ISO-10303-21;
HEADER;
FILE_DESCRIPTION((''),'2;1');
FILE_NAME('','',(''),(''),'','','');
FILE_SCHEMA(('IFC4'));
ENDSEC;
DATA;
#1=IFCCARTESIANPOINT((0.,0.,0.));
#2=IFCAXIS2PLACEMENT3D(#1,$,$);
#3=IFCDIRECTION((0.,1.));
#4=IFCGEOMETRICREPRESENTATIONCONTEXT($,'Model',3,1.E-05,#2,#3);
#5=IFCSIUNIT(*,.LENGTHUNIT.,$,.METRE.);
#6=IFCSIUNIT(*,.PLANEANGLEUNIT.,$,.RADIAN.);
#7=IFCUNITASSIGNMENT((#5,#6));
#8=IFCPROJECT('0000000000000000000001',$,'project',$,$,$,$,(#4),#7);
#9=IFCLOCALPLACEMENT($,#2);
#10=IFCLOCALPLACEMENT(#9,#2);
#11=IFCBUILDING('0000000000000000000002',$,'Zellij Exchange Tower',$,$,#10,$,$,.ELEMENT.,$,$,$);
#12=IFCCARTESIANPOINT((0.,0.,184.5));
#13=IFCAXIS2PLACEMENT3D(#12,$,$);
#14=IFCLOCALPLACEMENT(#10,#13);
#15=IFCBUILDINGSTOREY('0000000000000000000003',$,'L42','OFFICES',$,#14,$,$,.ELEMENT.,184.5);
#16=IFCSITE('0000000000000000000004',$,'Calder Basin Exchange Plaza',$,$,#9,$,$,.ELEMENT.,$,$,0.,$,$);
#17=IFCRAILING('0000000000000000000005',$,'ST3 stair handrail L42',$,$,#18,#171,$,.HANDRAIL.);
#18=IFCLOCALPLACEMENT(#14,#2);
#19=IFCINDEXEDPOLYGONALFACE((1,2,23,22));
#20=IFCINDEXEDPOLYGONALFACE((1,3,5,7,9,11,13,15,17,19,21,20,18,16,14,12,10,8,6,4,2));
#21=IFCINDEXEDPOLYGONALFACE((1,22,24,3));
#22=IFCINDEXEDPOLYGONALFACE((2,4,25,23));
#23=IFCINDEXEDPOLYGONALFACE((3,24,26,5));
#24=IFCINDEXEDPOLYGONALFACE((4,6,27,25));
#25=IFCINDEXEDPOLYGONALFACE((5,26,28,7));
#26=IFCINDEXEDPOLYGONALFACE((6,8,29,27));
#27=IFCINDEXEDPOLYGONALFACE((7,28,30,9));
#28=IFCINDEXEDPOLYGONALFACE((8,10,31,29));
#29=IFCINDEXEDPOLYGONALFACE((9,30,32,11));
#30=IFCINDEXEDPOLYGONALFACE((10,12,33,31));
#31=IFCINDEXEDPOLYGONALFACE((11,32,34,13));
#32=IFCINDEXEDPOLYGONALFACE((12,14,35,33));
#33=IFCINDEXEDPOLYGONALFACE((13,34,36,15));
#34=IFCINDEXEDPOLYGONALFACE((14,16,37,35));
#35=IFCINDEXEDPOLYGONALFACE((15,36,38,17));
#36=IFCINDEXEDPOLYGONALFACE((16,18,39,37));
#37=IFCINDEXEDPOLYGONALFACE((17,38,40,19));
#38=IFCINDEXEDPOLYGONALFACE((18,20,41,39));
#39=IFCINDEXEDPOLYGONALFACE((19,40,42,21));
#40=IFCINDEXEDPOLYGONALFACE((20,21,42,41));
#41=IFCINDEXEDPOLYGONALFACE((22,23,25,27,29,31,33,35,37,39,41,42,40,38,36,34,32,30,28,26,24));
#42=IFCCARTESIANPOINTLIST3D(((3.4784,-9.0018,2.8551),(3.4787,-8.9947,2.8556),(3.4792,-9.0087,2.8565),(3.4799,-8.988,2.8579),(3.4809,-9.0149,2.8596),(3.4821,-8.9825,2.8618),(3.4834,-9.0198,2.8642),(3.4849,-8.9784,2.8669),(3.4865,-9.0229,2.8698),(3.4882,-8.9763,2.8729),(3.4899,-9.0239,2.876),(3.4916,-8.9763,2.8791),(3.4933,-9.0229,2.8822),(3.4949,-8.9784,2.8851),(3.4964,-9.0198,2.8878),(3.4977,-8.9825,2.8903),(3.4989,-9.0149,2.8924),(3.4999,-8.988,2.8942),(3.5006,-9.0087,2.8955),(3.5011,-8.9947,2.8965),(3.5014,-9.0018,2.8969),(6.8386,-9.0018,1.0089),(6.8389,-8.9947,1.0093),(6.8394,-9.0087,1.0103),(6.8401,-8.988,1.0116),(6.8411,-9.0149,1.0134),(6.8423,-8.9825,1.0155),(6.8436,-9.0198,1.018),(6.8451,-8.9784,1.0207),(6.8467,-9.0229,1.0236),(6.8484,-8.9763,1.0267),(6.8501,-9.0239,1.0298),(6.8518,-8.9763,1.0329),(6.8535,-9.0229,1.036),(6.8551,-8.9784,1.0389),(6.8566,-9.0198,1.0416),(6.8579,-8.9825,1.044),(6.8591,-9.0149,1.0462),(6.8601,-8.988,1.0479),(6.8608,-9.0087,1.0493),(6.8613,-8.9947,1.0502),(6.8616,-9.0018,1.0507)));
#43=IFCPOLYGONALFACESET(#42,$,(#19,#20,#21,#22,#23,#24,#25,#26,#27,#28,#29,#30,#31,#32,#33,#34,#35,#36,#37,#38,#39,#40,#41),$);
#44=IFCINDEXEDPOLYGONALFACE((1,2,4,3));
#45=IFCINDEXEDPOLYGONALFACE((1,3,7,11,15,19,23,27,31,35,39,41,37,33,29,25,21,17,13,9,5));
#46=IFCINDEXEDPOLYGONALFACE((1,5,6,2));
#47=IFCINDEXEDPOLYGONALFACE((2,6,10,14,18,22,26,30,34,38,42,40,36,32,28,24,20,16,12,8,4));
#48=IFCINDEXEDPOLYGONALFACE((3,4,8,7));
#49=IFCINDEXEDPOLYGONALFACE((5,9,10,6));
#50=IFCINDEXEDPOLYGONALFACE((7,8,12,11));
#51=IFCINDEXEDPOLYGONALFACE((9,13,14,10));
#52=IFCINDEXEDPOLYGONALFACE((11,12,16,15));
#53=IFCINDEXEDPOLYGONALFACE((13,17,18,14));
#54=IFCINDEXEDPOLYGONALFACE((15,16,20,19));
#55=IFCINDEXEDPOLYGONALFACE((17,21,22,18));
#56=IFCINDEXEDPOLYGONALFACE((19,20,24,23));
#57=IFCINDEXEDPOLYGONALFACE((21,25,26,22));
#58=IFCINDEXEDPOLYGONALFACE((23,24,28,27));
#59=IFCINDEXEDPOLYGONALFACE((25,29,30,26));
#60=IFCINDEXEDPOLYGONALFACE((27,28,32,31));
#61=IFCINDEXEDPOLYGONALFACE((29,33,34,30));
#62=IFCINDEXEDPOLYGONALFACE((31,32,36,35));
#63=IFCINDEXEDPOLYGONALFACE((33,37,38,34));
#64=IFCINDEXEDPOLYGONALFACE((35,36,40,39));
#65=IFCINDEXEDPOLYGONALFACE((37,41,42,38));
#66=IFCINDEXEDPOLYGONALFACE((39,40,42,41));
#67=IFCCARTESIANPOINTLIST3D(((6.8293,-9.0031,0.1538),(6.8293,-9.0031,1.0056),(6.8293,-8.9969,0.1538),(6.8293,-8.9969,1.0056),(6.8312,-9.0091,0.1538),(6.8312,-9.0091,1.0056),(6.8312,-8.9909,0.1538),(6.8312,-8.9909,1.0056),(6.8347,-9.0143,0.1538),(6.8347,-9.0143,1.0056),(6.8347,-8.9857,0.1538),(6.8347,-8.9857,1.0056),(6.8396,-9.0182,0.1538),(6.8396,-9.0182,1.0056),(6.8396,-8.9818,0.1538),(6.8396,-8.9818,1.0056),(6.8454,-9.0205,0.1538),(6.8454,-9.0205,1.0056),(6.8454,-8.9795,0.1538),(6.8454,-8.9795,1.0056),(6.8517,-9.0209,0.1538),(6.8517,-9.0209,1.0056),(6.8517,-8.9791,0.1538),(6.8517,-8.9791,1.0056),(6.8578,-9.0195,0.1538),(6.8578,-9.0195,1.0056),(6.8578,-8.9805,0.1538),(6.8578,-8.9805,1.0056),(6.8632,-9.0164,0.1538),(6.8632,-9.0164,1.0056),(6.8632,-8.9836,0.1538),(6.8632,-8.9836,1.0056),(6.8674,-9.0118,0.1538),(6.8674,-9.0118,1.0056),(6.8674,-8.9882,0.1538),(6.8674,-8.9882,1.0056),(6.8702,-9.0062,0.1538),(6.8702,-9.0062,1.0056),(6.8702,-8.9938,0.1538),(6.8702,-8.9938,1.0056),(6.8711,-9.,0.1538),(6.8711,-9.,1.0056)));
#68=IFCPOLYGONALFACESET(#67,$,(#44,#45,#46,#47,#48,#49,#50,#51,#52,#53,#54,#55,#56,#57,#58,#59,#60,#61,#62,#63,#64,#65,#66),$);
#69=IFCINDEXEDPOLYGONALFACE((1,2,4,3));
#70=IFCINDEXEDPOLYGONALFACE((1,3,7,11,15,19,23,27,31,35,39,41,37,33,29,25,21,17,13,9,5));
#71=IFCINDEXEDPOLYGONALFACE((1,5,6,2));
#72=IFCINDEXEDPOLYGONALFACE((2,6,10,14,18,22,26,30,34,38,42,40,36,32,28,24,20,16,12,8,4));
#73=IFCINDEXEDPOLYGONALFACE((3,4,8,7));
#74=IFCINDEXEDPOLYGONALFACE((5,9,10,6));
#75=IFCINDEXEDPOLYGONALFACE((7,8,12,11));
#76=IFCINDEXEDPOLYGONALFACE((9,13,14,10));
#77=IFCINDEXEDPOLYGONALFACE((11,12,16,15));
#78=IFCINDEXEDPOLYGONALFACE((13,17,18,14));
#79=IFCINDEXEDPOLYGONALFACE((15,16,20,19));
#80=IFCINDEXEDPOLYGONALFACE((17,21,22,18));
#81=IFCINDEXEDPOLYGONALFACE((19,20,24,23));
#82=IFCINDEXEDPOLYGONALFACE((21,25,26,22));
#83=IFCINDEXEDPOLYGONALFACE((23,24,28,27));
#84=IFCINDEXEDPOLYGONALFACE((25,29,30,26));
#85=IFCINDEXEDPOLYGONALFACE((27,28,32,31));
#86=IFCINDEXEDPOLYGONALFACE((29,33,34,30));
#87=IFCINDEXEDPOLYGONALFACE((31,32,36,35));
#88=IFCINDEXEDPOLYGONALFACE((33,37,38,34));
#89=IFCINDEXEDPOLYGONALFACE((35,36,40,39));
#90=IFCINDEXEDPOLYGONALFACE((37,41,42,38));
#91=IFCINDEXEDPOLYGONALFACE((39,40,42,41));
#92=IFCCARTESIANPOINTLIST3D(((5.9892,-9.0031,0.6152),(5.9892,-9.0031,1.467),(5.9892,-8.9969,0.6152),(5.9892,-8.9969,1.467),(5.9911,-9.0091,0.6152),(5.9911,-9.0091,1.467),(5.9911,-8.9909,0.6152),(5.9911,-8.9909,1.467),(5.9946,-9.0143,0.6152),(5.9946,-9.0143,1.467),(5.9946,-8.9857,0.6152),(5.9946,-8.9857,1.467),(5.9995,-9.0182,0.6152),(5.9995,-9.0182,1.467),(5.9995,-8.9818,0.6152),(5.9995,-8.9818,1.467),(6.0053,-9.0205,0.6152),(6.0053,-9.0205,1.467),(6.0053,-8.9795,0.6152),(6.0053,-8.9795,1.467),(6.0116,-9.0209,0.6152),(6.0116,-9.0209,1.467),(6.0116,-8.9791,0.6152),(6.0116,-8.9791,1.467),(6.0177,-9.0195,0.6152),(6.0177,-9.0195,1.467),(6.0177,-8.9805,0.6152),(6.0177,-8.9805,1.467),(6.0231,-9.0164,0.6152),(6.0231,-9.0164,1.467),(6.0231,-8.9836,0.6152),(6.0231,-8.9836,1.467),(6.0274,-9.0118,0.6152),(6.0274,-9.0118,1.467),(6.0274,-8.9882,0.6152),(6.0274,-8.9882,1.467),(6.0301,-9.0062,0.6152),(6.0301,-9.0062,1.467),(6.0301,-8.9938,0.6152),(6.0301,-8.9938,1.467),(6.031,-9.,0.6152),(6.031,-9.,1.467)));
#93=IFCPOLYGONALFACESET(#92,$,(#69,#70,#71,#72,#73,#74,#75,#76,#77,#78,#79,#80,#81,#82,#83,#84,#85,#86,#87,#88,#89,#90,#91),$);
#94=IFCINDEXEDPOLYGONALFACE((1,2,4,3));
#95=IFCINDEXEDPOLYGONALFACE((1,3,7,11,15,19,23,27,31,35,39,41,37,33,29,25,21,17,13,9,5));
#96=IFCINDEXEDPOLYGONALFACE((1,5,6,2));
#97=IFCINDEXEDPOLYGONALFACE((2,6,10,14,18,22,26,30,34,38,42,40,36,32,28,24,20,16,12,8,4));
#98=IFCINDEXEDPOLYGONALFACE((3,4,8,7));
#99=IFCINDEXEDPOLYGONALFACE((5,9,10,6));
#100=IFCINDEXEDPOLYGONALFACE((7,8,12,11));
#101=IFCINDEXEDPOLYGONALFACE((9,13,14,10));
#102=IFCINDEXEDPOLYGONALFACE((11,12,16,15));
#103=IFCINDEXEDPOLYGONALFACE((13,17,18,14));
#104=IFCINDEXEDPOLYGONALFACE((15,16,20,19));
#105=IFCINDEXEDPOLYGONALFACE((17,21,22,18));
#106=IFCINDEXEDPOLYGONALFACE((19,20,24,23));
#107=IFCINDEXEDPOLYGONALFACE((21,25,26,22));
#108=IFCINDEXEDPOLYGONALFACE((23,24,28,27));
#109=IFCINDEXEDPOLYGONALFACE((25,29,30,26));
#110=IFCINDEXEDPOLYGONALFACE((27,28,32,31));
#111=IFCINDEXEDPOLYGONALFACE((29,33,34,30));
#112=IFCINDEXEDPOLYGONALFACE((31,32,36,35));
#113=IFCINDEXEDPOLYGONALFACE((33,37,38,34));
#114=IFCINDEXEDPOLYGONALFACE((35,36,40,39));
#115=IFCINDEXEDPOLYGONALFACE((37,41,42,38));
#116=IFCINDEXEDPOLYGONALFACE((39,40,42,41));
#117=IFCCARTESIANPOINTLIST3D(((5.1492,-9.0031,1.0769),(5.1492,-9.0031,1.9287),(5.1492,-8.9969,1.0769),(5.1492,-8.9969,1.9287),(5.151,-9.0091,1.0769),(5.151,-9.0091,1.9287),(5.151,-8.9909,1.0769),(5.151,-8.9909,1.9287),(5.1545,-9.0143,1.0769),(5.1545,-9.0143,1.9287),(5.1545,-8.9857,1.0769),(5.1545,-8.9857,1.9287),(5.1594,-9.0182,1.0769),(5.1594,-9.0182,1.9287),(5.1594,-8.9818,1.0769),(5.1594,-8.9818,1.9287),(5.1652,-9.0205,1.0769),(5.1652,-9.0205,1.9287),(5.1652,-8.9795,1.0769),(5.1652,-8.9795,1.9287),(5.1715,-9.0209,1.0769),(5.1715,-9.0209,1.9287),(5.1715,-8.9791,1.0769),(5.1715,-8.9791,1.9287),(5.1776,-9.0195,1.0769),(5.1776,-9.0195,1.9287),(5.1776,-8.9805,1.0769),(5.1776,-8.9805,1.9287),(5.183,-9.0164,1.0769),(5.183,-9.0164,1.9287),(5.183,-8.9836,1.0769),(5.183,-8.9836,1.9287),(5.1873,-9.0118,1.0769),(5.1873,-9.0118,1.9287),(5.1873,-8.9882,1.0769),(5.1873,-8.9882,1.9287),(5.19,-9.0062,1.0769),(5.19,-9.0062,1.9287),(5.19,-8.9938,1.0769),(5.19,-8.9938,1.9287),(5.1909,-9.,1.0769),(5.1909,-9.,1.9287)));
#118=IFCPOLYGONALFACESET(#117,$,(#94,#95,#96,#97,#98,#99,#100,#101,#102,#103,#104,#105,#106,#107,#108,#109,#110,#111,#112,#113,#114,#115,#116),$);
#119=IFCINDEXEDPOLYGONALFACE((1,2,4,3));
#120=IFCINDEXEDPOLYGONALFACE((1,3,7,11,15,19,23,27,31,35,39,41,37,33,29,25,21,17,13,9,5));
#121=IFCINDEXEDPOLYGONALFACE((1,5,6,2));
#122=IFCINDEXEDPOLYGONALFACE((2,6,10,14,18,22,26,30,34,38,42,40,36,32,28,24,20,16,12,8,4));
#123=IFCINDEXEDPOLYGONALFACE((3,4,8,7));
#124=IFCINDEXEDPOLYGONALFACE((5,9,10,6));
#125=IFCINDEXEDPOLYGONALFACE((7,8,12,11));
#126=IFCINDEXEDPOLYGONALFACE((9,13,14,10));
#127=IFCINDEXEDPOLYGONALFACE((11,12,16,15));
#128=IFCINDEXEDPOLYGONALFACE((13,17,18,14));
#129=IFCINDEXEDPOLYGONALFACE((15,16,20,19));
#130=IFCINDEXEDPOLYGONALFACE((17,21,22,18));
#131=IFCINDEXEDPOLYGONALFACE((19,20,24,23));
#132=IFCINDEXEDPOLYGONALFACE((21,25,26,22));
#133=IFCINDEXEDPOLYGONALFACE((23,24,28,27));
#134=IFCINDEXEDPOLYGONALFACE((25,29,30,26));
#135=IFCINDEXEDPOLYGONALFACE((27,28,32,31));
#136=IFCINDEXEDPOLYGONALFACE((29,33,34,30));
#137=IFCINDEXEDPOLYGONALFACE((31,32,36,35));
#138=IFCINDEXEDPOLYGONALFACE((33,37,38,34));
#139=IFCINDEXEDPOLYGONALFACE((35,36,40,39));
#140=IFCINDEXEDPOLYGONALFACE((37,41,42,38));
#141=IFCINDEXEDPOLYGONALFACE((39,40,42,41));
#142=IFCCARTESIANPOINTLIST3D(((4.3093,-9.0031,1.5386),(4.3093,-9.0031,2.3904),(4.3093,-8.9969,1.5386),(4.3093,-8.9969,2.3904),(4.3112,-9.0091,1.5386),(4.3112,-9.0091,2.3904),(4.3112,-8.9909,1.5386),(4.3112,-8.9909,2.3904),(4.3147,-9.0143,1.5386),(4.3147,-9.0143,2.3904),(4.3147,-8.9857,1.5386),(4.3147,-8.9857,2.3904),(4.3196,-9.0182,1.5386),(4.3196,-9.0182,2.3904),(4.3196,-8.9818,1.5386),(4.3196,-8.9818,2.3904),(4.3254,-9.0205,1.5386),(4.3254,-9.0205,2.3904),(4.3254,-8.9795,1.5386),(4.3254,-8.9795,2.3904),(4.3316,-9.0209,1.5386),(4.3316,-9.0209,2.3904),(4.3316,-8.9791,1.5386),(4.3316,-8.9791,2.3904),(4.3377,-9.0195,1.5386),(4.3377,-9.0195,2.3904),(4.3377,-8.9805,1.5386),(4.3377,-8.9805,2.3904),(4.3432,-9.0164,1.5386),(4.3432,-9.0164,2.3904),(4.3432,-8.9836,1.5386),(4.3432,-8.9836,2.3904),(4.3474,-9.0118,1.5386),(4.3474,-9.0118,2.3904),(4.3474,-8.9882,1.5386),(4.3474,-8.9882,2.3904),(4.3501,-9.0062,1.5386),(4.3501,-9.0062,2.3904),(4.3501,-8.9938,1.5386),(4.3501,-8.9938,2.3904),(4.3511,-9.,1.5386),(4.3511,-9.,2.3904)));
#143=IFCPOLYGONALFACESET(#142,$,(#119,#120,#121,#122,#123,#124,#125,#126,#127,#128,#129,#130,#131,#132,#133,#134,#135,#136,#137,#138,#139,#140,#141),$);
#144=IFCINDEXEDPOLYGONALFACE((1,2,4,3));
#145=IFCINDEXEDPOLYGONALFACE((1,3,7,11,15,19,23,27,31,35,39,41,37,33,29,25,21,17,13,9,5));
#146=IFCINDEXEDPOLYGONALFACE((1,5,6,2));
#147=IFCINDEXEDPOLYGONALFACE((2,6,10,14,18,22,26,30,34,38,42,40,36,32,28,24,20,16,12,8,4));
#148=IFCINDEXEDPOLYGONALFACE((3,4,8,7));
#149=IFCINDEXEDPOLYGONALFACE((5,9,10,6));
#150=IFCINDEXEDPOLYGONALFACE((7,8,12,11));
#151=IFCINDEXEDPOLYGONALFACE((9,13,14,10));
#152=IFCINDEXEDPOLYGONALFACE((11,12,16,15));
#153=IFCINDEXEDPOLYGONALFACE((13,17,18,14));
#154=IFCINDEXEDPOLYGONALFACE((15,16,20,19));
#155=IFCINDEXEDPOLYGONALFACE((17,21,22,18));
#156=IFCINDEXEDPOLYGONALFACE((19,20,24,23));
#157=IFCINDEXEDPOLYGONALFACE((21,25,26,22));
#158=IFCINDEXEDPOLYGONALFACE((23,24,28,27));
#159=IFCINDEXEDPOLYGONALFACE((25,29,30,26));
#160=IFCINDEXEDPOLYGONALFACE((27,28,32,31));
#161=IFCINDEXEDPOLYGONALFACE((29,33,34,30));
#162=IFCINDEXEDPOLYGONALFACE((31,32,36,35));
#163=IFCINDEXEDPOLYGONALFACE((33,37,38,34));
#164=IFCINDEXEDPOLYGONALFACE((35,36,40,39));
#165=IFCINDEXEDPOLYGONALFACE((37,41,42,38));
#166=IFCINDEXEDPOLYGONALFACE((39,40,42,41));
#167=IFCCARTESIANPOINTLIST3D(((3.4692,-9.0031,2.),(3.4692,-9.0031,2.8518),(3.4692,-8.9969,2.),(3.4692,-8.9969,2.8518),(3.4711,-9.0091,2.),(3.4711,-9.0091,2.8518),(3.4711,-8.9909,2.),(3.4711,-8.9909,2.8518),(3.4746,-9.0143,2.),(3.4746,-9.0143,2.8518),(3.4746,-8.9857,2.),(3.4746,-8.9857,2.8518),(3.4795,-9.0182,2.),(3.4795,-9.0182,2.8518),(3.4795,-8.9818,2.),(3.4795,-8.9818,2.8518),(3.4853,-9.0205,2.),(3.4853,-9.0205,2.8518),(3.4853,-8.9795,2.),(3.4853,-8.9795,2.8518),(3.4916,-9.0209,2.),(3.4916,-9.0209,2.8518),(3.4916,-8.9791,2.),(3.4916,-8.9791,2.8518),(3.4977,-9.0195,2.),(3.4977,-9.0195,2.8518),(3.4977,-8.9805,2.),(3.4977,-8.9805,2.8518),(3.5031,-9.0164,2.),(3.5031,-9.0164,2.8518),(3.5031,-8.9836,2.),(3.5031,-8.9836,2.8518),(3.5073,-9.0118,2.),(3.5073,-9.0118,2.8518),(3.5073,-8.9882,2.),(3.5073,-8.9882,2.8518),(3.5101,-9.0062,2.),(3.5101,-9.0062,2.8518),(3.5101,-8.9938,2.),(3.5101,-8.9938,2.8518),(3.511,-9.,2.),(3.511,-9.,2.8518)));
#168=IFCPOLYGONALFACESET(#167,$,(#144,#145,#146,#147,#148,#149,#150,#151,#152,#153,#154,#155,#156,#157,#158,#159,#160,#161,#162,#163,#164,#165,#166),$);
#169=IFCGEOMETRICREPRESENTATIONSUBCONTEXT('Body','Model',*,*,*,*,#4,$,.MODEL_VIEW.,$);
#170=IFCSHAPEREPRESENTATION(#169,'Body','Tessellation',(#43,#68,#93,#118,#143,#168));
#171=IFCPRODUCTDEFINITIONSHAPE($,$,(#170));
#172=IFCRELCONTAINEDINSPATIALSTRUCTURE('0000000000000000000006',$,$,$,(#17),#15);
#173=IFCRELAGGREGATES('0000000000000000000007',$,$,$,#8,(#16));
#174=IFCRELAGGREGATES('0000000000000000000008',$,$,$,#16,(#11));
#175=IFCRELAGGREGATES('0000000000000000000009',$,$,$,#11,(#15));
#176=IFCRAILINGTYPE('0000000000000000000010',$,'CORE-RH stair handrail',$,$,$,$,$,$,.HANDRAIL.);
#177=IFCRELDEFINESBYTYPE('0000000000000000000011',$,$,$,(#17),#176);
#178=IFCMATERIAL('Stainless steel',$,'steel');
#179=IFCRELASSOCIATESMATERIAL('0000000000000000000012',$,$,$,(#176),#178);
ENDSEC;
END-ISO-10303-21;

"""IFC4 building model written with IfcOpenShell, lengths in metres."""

from ifc_helpers import new_model, si_unit, direction, frame, origin, origin_2d, place, context, subcontext, project, spatial, circle, extrude, material, type_object, element, save


model = new_model("IFC4")

# Units and contexts
model_context = context("Model", 3, precision=1e-05, world=origin(), true_north=direction((0.0, 1.0)))
body_context = subcontext(model_context, "Body", "Model", "MODEL_VIEW")
ifc_project = project(units=[si_unit("LENGTHUNIT", "METRE"), si_unit("PLANEANGLEUNIT", "RADIAN")], contexts=[model_context])

# Site, building, storey
site_placement = place(None, origin())
site = spatial("IfcSite", under=ifc_project, at=site_placement, Name="Calder Basin Exchange Plaza", CompositionType="ELEMENT", RefElevation=0.0)
building_placement = place(site_placement, origin())
building = spatial("IfcBuilding", under=site, at=building_placement, Name="Zellij Exchange Tower", CompositionType="ELEMENT")
storey_placement = place(building_placement, frame((0.0, 0.0, 184.5)))
storey = spatial("IfcBuildingStorey", under=building, at=storey_placement, Name="L42", Description="OFFICES", CompositionType="ELEMENT", Elevation=184.5)

# Railing
ifc_material_1 = material(Name="Stainless steel", Category="steel")
railing_type_1 = type_object("IfcRailingType", Name="CORE-RH stair handrail", PredefinedType="HANDRAIL", material=ifc_material_1)
railing_1_placement = place(storey_placement, frame((6.8501, -9.0, 0.1538)))
element("IfcRailing", 1, at=railing_1_placement, inside=storey, type_object=railing_type_1, Name="ST3 stair handrail L42", PredefinedType="HANDRAIL", context=body_context, shape_type="SweptSolid", body=[
    extrude(circle(Radius=0.0239, at=origin_2d()), frame((0.0, 0.0, 0.876), z_axis=(-0.876422, 0.0, 0.481545), x_axis=(0.0, -1.0, 0.0)), (0.0, 0.0, 1.0), 3.834),
    extrude(circle(Radius=0.021, at=origin_2d()), origin(), (0.0, 0.0, 1.0), 0.8518),
    extrude(circle(Radius=0.021, at=origin_2d()), frame((-0.8401, 0.0, 0.4614)), (0.0, 0.0, 1.0), 0.8518),
    extrude(circle(Radius=0.021, at=origin_2d()), frame((-1.6802, 0.0, 0.9231)), (0.0, 0.0, 1.0), 0.8518),
    extrude(circle(Radius=0.021, at=origin_2d()), frame((-2.52, 0.0, 1.3848)), (0.0, 0.0, 1.0), 0.8518),
    extrude(circle(Radius=0.021, at=origin_2d()), frame((-3.3601, 0.0, 1.8462)), (0.0, 0.0, 1.0), 0.8518),
])

save(model, "model.ifc")
